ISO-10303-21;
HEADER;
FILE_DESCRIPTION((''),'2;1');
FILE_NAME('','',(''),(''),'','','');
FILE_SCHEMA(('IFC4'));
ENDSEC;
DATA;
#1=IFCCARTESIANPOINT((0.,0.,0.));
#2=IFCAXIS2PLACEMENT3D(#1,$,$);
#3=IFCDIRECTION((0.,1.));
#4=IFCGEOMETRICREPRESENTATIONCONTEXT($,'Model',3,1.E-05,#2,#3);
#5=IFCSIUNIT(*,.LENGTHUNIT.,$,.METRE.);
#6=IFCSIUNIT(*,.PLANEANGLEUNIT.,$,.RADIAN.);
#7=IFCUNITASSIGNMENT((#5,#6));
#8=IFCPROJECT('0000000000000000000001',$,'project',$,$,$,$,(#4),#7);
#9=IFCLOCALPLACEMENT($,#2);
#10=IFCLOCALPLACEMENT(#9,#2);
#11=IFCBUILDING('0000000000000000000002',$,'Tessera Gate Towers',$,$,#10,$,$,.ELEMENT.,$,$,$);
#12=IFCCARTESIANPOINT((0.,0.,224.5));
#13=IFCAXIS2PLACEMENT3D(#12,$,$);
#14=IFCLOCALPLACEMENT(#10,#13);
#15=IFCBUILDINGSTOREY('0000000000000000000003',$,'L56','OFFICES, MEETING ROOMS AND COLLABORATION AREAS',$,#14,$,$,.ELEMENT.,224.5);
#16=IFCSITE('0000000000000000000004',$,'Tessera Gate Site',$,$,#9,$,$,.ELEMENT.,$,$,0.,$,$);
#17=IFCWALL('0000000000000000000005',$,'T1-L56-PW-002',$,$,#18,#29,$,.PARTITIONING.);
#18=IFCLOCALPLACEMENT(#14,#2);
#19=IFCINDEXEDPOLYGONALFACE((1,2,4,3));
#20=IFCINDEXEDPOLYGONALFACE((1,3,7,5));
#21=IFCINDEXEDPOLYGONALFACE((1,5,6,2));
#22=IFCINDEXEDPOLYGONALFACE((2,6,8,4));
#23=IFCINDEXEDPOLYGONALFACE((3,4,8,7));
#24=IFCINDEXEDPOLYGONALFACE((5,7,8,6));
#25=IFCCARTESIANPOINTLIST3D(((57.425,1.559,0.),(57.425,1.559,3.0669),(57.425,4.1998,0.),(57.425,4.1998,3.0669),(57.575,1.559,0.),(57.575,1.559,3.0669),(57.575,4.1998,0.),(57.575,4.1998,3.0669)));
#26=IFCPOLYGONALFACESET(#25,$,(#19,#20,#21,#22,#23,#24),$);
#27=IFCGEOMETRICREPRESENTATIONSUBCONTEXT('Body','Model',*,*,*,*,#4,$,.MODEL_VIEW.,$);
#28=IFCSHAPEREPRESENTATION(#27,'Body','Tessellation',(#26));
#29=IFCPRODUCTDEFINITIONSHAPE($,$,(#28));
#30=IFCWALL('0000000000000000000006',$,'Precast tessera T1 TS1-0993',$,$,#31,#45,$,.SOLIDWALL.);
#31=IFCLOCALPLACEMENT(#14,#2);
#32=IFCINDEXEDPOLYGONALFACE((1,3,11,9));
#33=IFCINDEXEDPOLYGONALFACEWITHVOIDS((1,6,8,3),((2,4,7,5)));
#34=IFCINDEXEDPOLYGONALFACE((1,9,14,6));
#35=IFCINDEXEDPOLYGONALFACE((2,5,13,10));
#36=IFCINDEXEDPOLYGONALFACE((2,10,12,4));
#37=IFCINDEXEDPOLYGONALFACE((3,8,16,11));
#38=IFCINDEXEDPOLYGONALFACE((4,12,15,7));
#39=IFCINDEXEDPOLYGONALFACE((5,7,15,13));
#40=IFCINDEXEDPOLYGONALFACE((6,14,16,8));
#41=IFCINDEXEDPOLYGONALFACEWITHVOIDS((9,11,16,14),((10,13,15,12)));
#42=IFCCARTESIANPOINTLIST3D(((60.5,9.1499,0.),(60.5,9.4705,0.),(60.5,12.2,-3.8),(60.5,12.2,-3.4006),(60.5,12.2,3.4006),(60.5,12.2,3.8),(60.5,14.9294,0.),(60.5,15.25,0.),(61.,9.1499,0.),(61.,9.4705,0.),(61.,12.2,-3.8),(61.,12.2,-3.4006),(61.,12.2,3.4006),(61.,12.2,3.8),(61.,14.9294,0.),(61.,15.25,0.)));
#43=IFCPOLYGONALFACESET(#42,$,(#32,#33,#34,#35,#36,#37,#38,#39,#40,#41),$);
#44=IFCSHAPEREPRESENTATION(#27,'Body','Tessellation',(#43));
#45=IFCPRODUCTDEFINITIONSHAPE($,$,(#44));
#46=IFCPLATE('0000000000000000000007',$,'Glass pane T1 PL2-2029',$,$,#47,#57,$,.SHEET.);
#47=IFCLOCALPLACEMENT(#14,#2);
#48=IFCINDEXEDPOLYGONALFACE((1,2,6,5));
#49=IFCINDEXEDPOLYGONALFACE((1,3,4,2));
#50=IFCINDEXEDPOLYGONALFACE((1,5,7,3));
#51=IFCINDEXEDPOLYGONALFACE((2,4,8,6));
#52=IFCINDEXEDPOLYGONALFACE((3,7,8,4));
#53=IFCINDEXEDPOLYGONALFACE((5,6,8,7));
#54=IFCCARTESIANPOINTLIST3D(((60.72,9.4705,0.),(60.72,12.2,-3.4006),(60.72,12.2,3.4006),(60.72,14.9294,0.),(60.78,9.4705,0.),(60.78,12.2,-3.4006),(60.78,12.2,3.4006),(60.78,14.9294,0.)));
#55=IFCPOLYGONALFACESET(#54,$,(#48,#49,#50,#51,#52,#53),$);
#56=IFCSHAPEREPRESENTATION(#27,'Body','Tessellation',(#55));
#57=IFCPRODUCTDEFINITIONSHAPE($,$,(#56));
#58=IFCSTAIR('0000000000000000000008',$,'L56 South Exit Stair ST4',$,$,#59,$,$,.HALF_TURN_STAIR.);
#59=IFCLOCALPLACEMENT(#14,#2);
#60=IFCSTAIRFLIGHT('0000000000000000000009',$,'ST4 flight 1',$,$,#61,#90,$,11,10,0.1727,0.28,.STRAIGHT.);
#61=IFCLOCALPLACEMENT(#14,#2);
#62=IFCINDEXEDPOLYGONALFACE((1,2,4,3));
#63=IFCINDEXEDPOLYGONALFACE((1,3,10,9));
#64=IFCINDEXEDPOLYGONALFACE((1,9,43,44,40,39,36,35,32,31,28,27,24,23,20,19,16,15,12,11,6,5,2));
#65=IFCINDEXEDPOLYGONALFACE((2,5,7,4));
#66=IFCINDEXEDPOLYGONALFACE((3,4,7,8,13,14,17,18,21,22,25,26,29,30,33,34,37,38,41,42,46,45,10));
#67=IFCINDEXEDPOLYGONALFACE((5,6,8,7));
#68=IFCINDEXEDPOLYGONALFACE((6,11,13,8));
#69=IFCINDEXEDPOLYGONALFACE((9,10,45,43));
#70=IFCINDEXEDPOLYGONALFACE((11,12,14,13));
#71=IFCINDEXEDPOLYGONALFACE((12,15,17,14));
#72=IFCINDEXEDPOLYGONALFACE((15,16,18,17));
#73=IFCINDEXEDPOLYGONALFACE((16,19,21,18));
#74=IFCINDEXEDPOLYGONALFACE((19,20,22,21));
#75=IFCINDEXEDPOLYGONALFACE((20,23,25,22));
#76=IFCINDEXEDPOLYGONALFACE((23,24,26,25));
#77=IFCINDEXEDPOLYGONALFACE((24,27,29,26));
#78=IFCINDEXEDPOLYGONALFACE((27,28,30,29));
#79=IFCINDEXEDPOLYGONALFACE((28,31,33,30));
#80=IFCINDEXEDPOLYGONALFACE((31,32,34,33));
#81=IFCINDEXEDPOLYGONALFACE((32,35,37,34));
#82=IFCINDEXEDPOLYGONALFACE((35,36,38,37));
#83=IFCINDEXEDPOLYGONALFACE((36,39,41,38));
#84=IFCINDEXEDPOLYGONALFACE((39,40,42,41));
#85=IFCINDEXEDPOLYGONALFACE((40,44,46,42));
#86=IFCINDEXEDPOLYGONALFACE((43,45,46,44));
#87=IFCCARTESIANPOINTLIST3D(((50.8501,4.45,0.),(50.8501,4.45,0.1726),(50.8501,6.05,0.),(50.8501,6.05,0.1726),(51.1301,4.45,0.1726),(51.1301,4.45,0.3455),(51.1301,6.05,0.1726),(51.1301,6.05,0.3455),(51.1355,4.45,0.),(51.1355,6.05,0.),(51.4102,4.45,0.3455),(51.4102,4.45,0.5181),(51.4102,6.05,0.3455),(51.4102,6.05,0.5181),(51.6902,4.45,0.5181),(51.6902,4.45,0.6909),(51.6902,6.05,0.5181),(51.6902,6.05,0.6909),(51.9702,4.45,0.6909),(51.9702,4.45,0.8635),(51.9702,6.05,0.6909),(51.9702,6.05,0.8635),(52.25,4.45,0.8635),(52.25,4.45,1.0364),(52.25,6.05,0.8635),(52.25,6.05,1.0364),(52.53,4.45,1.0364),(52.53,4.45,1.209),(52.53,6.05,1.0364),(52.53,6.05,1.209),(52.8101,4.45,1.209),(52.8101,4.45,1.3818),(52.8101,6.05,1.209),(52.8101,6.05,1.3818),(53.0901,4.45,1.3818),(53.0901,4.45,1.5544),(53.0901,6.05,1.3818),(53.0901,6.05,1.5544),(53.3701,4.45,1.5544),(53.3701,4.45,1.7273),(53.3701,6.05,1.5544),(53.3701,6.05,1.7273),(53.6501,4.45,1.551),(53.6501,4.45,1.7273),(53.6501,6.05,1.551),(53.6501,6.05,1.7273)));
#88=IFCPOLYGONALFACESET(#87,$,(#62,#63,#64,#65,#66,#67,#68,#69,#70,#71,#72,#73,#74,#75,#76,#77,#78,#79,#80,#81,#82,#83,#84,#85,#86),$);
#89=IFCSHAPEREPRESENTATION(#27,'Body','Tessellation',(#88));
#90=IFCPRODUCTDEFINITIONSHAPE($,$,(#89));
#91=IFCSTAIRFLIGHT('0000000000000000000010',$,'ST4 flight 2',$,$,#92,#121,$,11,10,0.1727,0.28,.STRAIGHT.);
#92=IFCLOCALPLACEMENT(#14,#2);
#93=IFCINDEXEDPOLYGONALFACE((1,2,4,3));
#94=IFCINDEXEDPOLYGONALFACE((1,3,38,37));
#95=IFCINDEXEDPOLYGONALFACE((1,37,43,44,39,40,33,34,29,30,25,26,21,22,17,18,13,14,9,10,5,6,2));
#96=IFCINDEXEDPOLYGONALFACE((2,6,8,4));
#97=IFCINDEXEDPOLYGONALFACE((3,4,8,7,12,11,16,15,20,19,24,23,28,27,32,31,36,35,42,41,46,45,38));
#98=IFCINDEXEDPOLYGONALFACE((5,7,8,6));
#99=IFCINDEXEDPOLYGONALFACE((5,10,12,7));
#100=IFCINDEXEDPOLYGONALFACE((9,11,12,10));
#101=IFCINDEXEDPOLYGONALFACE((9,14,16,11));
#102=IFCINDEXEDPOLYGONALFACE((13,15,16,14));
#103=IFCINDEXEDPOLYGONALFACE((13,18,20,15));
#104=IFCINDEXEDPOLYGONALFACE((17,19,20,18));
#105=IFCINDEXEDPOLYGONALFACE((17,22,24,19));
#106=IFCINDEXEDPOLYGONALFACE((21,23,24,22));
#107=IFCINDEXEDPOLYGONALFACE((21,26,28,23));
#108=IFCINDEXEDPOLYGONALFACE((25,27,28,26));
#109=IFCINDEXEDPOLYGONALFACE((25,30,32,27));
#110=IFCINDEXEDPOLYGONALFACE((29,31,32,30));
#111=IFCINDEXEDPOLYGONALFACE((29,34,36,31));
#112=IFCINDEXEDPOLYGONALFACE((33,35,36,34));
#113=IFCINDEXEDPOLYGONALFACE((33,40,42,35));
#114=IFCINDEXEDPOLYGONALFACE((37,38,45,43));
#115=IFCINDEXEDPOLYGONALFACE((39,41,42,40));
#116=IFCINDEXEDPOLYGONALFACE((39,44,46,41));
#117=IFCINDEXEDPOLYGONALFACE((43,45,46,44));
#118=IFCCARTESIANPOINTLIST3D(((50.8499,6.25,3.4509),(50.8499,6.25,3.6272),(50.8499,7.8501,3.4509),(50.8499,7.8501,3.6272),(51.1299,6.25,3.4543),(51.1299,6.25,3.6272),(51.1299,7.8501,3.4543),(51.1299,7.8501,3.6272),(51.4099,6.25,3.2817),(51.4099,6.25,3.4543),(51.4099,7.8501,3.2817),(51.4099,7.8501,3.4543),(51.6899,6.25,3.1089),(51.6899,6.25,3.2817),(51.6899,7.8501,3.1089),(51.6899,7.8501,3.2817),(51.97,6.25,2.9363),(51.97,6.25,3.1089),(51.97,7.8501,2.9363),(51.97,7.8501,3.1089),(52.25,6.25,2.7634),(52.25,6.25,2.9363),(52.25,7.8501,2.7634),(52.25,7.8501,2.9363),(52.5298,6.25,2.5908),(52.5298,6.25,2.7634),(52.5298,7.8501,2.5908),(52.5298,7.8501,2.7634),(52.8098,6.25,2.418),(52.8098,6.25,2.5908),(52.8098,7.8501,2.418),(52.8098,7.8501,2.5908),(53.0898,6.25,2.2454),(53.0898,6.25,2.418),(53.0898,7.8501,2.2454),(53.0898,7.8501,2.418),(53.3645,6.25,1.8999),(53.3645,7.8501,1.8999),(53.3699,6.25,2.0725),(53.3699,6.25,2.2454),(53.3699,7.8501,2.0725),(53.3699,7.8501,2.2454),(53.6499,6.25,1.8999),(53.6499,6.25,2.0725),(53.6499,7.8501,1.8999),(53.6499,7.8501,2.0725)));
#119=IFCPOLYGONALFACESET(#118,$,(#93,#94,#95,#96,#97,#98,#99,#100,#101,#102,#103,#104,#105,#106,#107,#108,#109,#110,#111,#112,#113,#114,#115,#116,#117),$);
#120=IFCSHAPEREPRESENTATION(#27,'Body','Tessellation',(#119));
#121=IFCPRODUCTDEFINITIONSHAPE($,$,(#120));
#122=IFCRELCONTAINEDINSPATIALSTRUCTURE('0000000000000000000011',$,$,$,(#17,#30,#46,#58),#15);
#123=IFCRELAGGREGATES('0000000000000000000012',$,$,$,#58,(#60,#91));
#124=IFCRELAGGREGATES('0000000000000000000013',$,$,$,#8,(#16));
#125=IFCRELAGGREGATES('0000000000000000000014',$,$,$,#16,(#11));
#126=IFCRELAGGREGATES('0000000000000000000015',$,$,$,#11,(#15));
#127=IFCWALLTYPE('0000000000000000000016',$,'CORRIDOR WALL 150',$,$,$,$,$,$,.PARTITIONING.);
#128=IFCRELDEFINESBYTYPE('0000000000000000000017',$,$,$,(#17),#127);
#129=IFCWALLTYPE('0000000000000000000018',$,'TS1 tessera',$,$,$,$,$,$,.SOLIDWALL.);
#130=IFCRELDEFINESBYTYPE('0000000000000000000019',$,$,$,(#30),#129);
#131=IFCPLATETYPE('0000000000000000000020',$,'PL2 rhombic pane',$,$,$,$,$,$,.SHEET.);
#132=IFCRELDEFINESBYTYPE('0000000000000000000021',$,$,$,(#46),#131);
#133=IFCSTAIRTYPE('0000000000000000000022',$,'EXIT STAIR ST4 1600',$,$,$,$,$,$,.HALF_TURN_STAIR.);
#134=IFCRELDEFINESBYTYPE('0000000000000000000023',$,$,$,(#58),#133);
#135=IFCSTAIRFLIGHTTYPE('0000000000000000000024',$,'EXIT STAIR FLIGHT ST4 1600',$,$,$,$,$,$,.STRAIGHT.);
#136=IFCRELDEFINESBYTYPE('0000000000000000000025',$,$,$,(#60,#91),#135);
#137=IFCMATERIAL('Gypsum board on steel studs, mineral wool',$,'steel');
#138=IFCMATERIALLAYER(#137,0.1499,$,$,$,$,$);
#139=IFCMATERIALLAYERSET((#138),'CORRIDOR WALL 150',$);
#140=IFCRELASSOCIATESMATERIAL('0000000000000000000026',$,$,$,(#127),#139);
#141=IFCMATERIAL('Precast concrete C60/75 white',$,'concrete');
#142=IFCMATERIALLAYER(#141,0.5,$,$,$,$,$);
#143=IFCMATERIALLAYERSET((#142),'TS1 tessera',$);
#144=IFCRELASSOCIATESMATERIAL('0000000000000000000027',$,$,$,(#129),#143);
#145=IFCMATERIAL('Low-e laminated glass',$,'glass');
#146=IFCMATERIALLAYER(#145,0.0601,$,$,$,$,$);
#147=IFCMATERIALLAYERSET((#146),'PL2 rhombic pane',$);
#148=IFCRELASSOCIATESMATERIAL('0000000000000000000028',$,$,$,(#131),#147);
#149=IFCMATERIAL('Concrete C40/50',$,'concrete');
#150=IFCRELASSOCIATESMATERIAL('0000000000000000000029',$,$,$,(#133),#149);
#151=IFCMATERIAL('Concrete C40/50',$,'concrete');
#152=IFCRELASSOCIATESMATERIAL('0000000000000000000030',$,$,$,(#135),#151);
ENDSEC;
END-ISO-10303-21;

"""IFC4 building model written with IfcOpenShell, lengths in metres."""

from ifc_helpers import new_model, si_unit, direction, frame, frame_2d, origin, place, context, subcontext, project, spatial, polyline, rectangle, outline, extrude, source, transform, mapped, material, layer, layer_set, type_object, element, fill, aggregate, save


model = new_model("IFC4")

# Units and contexts
model_context = context("Model", 3, precision=1e-05, world=origin(), true_north=direction((0.0, 1.0)))
body_context = subcontext(model_context, "Body", "Model", "MODEL_VIEW")
ifc_project = project(units=[si_unit("LENGTHUNIT", "METRE"), si_unit("PLANEANGLEUNIT", "RADIAN")], contexts=[model_context])

# Site, building, storey
site_placement = place(None, origin())
site = spatial("IfcSite", under=ifc_project, at=site_placement, Name="Tessera Gate Site", CompositionType="ELEMENT", RefElevation=0.0)
building_placement = place(site_placement, origin())
building = spatial("IfcBuilding", under=site, at=building_placement, Name="Tessera Gate Towers", CompositionType="ELEMENT")
storey_placement = place(building_placement, frame((0.0, 0.0, 224.5)))
storey = spatial("IfcBuildingStorey", under=building, at=storey_placement, Name="L56", Description="OFFICES, MEETING ROOMS AND COLLABORATION AREAS", CompositionType="ELEMENT", Elevation=224.5)

# Wall
ifc_material_1 = material(Name="Gypsum board on steel studs, mineral wool", Category="steel")
ifc_layer_1 = layer(ifc_material_1, 0.1499)
ifc_layer_set_1 = layer_set([ifc_layer_1], Name="CORRIDOR WALL 150")
wall_type_1 = type_object("IfcWallType", Name="CORRIDOR WALL 150", PredefinedType="PARTITIONING", material=ifc_layer_set_1)
wall_1_placement = place(storey_placement, frame((57.5, 1.5591, 0.0), z_axis=(0.0, 0.0, 1.0), x_axis=(0.0, 1.0, 0.0)))
element("IfcWall", 1, at=wall_1_placement, inside=storey, type_object=wall_type_1, Name="T1-L56-PW-002", PredefinedType="PARTITIONING", context=body_context, shape_type="SweptSolid", body=[
    extrude(rectangle(XDim=2.6409, YDim=0.1499, at=frame_2d((1.3203, 0.0))), origin(), (0.0, 0.0, 1.0), 3.0669),
])

# Wall, opening, plate
ifc_material_2 = material(Name="Precast concrete C60/75 white", Category="concrete")
ifc_layer_2 = layer(ifc_material_2, 0.5)
ifc_layer_set_2 = layer_set([ifc_layer_2], Name="TS1 tessera")
wall_type_2 = type_object("IfcWallType", Name="TS1 tessera", PredefinedType="SOLIDWALL", material=ifc_layer_set_2)
shared_shape_1 = source(origin(), body_context, "Body", "SweptSolid", [
    extrude(outline(polyline([(3.05, 0.0), (6.1001, 3.8), (3.05, 7.6001), (0.0, 3.8), (3.05, 0.0)])), frame((0.0, 0.25, 0.0), z_axis=(0.0, -1.0, 0.0), x_axis=(1.0, 0.0, 0.0)), (0.0, 0.0, 1.0), 0.5),
])
wall_2_placement = place(storey_placement, frame((60.75, 9.1499, -3.8), z_axis=(0.0, 0.0, 1.0), x_axis=(0.0, 1.0, 0.0)))
wall_2 = element("IfcWall", 2, at=wall_2_placement, inside=storey, type_object=wall_type_2, Name="Precast tessera T1 TS1-0993", PredefinedType="SOLIDWALL", context=body_context, shape_type="MappedRepresentation", body=[
    mapped(shared_shape_1, transform((0.0, 0.0, 0.0), scale=1.0)),
])
shared_shape_2 = source(origin(), body_context, "Body", "SweptSolid", [
    extrude(outline(polyline([(3.05, 0.3994), (5.7795, 3.8), (3.05, 7.2007), (0.3206, 3.8), (3.05, 0.3994)])), frame((0.0, 0.26, 0.0), z_axis=(0.0, -1.0, 0.0), x_axis=(1.0, 0.0, 0.0)), (0.0, 0.0, 1.0), 0.52),
])
opening_1_placement = place(wall_2_placement, origin())
opening_1 = element("IfcOpeningElement", 3, at=opening_1_placement, cuts=wall_2, PredefinedType="OPENING", context=body_context, shape_type="MappedRepresentation", body=[
    mapped(shared_shape_2, transform((0.0, 0.0, 0.0), scale=1.0)),
])
ifc_material_3 = material(Name="Low-e laminated glass", Category="glass")
ifc_layer_3 = layer(ifc_material_3, 0.0601)
ifc_layer_set_3 = layer_set([ifc_layer_3], Name="PL2 rhombic pane")
plate_type = type_object("IfcPlateType", Name="PL2 rhombic pane", PredefinedType="SHEET", material=ifc_layer_set_3)
shared_shape_3 = source(origin(), body_context, "Body", "SweptSolid", [
    extrude(outline(polyline([(3.05, 0.3994), (5.7795, 3.8), (3.05, 7.2007), (0.3206, 3.8), (3.05, 0.3994)])), frame((0.0, 0.03, 0.0), z_axis=(0.0, -1.0, 0.0), x_axis=(1.0, 0.0, 0.0)), (0.0, 0.0, 1.0), 0.0601),
])
plate_placement = place(opening_1_placement, origin())
plate = element("IfcPlate", 4, at=plate_placement, inside=storey, type_object=plate_type, Name="Glass pane T1 PL2-2029", PredefinedType="SHEET", context=body_context, shape_type="MappedRepresentation", body=[
    mapped(shared_shape_3, transform((0.0, 0.0, 0.0), scale=1.0)),
])
fill(opening_1, plate)

# Stair, stair flights
ifc_material_4 = material(Name="Concrete C40/50", Category="concrete")
stair_type = type_object("IfcStairType", Name="EXIT STAIR ST4 1600", PredefinedType="HALF_TURN_STAIR", material=ifc_material_4)
stair_placement = place(storey_placement, origin())
stair = element("IfcStair", 5, at=stair_placement, inside=storey, type_object=stair_type, Name="L56 South Exit Stair ST4", PredefinedType="HALF_TURN_STAIR")
ifc_material_5 = material(Name="Concrete C40/50", Category="concrete")
stair_flight_type = type_object("IfcStairFlightType", Name="EXIT STAIR FLIGHT ST4 1600", PredefinedType="STRAIGHT", material=ifc_material_5)
stair_flight_1_placement = place(storey_placement, frame((50.8501, 5.25, 0.0), z_axis=(0.0, 0.0, 1.0), x_axis=(1.0, 0.0, 0.0)))
stair_flight_1 = element("IfcStairFlight", 6, at=stair_flight_1_placement, type_object=stair_flight_type, Name="ST4 flight 1", NumberOfRisers=11, NumberOfTreads=10, PredefinedType="STRAIGHT", RiserHeight=0.1727, TreadLength=0.28, context=body_context, shape_type="SweptSolid", body=[
    extrude(outline(polyline([(0.0, 0.0), (0.0, 0.1726), (0.28, 0.1726), (0.28, 0.3455), (0.5601, 0.3455), (0.5601, 0.5181), (0.8401, 0.5181), (0.8401, 0.6909), (1.1201, 0.6909), (1.1201, 0.8635), (1.3999, 0.8635), (1.3999, 1.0364), (1.6799, 1.0364), (1.6799, 1.209), (1.96, 1.209), (1.96, 1.3818), (2.24, 1.3818), (2.24, 1.5544), (2.52, 1.5544), (2.52, 1.7273), (2.8, 1.7273), (2.8, 1.8999), (2.8, 1.551), (0.2854, 0.0), (0.0, 0.0)])), frame((0.0, 0.8, 0.0), z_axis=(0.0, -1.0, 0.0), x_axis=(1.0, 0.0, 0.0)), (0.0, 0.0, 1.0), 1.6001),
])
stair_flight_2_placement = place(storey_placement, frame((53.6499, 7.05, 1.8999), z_axis=(0.0, 0.0, 1.0), x_axis=(-1.0, 0.0, 0.0)))
stair_flight_2 = element("IfcStairFlight", 7, at=stair_flight_2_placement, type_object=stair_flight_type, Name="ST4 flight 2", NumberOfRisers=11, NumberOfTreads=10, PredefinedType="STRAIGHT", RiserHeight=0.1727, TreadLength=0.28, context=body_context, shape_type="SweptSolid", body=[
    extrude(outline(polyline([(0.0, 0.0), (0.0, 0.1726), (0.28, 0.1726), (0.28, 0.3455), (0.5601, 0.3455), (0.5601, 0.5181), (0.8401, 0.5181), (0.8401, 0.6909), (1.1201, 0.6909), (1.1201, 0.8635), (1.3999, 0.8635), (1.3999, 1.0364), (1.6799, 1.0364), (1.6799, 1.209), (1.96, 1.209), (1.96, 1.3818), (2.24, 1.3818), (2.24, 1.5544), (2.52, 1.5544), (2.52, 1.7273), (2.8, 1.7273), (2.8, 1.8999), (2.8, 1.551), (0.2854, 0.0), (0.0, 0.0)])), frame((0.0, 0.8, 0.0), z_axis=(0.0, -1.0, 0.0), x_axis=(1.0, 0.0, 0.0)), (0.0, 0.0, 1.0), 1.6001),
])
aggregate(stair, [stair_flight_1, stair_flight_2])

save(model, "model.ifc")
